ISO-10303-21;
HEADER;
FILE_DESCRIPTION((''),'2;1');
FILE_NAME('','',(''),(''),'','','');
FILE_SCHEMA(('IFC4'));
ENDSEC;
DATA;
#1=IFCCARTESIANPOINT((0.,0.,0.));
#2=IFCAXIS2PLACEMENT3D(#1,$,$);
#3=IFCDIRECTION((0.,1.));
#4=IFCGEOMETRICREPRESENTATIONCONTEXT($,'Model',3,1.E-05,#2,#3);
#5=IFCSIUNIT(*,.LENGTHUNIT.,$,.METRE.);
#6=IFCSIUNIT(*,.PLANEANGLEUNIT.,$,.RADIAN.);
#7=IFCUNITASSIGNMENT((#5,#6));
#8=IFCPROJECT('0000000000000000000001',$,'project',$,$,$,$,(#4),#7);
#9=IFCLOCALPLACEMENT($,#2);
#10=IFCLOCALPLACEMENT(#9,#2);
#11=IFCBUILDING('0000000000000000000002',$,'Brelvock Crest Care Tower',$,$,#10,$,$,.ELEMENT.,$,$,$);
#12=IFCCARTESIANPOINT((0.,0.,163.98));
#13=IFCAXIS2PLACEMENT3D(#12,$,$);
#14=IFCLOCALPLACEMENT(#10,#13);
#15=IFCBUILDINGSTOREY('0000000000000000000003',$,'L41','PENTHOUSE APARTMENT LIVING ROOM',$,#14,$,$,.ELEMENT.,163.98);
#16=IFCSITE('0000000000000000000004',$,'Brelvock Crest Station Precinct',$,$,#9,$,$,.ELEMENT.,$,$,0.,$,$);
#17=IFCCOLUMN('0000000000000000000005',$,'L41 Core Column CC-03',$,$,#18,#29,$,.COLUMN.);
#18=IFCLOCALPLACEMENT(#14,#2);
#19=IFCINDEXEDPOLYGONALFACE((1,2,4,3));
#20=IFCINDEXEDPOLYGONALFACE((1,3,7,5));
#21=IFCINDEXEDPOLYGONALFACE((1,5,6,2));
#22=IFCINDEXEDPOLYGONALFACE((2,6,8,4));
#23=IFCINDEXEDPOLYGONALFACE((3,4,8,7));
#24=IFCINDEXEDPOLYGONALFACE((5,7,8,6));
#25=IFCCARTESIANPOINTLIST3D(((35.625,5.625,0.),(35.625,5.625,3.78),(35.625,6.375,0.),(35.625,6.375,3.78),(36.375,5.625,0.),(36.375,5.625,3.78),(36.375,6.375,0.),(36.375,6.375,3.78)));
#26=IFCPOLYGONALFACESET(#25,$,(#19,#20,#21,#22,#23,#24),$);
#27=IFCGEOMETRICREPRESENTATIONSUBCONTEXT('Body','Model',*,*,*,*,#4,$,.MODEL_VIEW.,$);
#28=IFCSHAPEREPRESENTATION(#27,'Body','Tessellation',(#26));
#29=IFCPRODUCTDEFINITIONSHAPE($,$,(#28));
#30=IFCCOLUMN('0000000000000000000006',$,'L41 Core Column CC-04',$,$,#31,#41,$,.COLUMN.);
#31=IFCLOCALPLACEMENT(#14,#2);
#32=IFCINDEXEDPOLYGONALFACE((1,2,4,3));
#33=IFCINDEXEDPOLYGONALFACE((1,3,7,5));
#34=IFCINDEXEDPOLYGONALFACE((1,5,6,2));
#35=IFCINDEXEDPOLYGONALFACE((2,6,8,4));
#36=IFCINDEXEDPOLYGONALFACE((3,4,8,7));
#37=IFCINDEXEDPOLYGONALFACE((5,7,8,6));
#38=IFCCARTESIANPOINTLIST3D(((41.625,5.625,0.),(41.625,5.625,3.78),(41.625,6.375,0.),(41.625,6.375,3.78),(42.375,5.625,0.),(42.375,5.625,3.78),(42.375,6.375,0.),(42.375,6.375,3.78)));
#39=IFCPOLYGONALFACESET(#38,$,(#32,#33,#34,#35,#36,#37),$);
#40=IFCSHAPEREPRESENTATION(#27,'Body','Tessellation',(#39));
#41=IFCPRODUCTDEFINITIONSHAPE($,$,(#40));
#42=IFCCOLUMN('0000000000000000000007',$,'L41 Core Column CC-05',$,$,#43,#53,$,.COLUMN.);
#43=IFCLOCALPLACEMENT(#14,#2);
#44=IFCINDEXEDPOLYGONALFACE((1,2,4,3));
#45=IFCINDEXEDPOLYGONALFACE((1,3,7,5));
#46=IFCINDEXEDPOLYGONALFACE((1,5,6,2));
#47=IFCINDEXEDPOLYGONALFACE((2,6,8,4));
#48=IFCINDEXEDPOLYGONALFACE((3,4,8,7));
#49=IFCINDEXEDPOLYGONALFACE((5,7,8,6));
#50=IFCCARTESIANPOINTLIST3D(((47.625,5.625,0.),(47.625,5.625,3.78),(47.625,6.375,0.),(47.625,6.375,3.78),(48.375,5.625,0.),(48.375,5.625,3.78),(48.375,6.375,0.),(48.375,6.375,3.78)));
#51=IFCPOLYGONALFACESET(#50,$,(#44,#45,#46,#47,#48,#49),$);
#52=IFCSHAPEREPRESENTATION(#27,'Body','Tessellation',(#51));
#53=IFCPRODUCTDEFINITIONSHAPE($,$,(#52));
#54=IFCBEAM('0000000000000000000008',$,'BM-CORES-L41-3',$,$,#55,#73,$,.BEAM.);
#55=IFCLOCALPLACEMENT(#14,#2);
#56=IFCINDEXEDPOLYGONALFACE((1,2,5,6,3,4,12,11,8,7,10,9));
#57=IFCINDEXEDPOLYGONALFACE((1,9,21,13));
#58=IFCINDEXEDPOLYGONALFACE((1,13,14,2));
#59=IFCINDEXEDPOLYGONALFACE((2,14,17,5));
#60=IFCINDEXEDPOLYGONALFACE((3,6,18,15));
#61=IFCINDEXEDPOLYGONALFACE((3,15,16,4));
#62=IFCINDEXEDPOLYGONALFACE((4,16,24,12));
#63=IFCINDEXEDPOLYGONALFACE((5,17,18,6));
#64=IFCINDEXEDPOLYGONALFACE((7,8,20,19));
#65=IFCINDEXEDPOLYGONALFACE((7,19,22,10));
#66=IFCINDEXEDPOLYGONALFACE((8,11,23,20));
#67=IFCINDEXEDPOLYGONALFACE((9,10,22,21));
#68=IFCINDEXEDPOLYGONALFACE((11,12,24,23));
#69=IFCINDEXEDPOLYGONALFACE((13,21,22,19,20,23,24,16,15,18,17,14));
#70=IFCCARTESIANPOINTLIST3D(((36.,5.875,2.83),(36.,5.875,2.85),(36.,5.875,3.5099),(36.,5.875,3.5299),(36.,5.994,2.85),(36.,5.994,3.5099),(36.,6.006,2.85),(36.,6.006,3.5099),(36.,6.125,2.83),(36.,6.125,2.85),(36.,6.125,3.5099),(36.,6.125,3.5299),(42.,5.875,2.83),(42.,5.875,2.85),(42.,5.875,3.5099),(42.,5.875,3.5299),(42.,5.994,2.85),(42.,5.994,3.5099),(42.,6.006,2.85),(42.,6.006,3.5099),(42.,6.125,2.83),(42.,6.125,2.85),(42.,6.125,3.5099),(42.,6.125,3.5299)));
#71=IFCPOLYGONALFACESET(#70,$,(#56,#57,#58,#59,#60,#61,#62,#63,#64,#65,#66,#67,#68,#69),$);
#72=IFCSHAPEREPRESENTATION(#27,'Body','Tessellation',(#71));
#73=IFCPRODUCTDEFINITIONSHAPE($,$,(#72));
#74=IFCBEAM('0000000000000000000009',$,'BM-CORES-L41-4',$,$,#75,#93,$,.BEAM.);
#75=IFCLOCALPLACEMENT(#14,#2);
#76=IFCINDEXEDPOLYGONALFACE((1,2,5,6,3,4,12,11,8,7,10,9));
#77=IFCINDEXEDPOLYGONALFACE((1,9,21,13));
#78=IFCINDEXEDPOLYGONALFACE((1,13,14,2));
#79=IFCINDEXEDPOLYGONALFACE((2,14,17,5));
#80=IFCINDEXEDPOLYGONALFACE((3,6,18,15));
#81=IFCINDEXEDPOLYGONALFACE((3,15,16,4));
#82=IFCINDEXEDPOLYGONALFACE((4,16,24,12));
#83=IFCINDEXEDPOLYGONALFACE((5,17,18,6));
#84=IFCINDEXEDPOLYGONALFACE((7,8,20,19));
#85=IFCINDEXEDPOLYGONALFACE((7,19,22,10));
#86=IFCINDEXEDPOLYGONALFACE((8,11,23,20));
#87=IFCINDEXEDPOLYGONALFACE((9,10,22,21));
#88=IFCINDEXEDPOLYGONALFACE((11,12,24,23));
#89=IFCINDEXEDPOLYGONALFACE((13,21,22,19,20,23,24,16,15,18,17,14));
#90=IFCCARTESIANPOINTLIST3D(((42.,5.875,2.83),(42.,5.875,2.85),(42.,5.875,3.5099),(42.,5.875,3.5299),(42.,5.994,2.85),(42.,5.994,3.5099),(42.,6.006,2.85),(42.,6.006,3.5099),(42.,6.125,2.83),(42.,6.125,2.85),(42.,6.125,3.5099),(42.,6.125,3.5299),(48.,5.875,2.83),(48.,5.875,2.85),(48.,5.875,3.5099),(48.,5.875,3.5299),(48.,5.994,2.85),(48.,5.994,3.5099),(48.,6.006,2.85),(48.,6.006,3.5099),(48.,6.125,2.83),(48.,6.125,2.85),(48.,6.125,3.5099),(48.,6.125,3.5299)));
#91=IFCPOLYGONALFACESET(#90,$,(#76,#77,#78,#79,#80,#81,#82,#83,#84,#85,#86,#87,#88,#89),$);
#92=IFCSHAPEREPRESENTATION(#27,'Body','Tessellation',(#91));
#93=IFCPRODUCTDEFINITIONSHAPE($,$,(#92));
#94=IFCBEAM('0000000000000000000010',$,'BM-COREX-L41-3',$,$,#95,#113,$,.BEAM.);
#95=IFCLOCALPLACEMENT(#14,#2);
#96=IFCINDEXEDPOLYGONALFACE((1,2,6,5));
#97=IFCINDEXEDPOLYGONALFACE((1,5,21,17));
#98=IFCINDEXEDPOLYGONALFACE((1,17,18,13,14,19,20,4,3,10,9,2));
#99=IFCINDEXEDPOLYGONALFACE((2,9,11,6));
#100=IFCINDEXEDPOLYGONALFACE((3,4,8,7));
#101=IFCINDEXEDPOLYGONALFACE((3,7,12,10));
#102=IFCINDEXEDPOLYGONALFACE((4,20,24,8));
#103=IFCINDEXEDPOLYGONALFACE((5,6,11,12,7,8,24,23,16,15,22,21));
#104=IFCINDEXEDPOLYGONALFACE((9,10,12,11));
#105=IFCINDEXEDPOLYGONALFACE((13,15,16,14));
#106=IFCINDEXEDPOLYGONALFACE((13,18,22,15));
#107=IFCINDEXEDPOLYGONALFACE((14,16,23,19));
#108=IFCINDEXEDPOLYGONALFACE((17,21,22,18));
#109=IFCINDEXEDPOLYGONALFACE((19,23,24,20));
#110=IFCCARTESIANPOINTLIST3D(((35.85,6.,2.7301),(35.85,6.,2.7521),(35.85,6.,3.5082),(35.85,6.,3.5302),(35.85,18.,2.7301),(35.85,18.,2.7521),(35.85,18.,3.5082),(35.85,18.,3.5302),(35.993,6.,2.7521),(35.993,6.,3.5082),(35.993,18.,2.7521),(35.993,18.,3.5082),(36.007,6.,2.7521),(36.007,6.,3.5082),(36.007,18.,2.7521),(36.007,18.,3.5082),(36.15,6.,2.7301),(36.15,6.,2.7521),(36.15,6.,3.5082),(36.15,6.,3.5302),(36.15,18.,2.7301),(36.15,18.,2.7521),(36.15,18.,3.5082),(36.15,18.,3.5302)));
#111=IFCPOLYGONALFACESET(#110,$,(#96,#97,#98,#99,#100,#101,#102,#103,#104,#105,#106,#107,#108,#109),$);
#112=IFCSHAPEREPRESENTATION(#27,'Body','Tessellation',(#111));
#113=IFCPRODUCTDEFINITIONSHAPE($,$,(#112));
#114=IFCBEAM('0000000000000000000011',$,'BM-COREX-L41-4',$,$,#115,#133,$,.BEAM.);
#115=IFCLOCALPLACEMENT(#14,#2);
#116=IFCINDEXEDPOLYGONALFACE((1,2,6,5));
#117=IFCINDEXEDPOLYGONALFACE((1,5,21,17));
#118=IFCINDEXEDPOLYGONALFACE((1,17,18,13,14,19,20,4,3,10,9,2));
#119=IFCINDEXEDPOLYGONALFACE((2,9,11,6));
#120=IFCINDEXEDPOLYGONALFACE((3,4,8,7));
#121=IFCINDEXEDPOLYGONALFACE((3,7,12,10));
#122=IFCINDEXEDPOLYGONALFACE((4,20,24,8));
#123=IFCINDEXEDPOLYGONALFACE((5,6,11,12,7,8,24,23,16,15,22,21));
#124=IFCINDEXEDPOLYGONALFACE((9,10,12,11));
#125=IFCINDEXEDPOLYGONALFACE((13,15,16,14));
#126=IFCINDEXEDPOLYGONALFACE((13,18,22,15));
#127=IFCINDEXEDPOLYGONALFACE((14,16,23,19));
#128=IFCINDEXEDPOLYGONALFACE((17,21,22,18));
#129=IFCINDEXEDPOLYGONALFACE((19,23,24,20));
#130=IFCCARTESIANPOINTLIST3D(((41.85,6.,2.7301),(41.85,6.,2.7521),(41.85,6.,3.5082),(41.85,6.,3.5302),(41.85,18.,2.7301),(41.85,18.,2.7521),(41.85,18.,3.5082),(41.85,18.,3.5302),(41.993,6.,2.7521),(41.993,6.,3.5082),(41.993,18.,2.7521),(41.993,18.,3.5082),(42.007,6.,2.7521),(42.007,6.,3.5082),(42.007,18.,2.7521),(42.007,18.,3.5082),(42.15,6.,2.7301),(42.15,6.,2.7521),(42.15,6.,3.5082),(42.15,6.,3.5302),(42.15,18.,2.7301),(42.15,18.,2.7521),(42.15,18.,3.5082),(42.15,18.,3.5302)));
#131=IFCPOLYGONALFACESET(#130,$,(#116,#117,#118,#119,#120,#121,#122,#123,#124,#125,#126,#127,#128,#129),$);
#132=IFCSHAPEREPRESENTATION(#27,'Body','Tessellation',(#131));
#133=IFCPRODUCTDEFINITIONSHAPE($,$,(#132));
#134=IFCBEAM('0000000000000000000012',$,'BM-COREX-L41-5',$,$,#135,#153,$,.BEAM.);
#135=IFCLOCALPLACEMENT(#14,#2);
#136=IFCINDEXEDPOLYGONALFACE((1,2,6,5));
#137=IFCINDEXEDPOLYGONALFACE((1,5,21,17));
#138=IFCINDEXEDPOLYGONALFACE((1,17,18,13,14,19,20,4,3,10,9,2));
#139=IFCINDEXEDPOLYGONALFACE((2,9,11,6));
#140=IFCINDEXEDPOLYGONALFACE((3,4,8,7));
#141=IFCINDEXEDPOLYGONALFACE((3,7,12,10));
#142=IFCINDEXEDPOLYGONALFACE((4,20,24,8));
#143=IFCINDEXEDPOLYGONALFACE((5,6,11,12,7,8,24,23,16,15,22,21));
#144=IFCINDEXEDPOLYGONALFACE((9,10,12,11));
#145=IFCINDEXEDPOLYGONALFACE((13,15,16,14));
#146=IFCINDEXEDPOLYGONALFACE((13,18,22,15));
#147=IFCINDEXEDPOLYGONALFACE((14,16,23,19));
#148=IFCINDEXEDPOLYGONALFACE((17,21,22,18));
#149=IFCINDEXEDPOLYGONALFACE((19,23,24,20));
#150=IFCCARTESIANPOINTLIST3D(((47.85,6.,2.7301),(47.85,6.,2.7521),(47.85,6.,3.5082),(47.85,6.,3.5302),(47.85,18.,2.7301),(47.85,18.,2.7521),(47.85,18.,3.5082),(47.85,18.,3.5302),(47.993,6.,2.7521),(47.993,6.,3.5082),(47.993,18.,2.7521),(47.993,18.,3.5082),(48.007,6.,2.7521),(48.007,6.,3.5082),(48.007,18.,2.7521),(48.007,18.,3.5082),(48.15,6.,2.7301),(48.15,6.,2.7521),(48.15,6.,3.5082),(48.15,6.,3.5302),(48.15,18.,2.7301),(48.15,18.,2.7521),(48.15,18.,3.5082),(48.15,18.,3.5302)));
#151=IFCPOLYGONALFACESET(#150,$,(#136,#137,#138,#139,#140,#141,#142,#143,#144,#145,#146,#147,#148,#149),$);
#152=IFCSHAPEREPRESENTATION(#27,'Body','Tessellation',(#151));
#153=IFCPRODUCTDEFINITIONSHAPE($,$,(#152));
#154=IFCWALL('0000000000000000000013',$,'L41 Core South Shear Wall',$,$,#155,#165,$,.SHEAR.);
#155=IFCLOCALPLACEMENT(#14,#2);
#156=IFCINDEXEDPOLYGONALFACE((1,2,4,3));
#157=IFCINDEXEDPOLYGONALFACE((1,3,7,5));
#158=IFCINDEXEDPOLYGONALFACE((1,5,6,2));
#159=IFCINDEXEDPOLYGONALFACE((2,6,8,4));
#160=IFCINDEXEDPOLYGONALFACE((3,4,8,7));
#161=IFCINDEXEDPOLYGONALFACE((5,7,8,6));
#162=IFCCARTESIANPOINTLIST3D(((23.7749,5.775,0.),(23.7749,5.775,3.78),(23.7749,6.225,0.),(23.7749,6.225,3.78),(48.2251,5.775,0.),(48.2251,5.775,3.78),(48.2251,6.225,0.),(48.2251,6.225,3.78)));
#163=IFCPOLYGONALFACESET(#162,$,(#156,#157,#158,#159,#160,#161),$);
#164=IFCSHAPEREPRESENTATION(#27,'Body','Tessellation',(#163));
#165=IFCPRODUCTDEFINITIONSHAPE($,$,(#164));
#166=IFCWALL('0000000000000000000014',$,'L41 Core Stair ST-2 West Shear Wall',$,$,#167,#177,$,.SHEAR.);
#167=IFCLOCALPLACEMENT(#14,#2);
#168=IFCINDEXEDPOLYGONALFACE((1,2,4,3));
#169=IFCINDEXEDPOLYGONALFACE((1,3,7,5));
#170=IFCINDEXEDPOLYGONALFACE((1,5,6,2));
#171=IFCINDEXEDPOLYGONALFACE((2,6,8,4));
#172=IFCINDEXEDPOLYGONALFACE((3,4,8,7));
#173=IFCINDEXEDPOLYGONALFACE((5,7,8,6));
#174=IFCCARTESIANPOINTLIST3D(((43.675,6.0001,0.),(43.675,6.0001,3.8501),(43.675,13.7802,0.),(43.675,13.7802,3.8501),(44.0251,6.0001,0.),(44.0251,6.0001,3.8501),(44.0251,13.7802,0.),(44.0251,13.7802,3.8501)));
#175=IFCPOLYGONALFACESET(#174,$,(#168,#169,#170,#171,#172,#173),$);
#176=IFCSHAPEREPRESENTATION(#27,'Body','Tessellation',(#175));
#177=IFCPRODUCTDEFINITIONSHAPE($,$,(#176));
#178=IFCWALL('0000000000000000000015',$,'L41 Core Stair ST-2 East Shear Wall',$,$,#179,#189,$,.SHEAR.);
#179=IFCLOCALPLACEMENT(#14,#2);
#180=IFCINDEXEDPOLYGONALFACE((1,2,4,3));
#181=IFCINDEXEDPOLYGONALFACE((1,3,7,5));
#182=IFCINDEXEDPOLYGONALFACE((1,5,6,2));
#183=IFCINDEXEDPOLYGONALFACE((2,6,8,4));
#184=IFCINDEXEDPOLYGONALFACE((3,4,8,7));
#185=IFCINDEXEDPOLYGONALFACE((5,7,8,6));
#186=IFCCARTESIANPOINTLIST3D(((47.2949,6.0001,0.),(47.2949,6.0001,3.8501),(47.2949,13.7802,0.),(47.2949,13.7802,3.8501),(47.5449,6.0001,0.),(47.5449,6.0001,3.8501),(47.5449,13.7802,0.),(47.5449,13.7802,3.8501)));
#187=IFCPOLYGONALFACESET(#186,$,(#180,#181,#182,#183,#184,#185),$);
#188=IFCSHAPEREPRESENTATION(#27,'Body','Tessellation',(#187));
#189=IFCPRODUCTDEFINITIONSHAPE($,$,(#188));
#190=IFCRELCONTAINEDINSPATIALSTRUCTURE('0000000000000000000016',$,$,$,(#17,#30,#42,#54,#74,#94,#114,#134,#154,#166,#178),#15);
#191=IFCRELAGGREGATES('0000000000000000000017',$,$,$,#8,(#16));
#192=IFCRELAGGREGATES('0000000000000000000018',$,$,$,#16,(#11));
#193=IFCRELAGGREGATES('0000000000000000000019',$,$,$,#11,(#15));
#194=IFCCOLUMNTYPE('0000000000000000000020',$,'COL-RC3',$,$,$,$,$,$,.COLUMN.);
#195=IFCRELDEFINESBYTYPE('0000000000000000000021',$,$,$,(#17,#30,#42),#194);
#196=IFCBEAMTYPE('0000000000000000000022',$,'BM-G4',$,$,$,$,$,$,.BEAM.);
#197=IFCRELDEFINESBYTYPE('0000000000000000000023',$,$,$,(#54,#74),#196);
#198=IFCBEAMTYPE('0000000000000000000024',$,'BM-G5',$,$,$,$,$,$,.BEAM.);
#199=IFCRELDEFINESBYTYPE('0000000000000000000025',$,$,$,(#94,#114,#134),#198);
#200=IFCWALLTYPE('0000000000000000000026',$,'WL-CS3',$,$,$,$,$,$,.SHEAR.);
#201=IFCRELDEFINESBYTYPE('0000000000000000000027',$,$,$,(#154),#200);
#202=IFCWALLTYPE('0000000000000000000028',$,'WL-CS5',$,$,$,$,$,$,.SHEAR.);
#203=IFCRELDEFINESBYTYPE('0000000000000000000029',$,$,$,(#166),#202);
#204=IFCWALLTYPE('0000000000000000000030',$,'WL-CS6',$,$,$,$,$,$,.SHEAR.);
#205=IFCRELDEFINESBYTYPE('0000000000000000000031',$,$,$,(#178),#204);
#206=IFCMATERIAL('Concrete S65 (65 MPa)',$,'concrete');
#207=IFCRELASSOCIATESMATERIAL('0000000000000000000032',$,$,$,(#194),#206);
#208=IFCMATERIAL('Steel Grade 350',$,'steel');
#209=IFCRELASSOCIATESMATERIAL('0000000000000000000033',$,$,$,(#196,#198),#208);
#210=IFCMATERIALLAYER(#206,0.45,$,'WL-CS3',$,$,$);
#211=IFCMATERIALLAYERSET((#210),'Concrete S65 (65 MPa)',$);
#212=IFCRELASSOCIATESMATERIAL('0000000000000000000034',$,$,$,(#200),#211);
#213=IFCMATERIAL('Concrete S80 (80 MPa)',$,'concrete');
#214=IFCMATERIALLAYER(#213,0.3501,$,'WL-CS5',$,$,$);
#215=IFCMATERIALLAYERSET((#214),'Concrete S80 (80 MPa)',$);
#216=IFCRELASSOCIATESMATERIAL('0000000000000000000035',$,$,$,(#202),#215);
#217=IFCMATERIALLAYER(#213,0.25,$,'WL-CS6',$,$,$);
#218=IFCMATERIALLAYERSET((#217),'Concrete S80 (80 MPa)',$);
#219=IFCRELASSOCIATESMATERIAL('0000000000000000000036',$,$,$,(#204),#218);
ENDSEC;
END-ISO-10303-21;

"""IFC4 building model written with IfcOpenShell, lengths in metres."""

from ifc_helpers import new_model, si_unit, direction, frame, frame_2d, origin, origin_2d, place, context, subcontext, project, spatial, rectangle, i_section, extrude, source, transform, mapped, material, layer, layer_set, material_profile, profile_set, type_object, element, save


model = new_model("IFC4")

# Units and contexts
model_context = context("Model", 3, precision=1e-05, world=origin(), true_north=direction((0.0, 1.0)))
body_context = subcontext(model_context, "Body", "Model", "MODEL_VIEW")
ifc_project = project(units=[si_unit("LENGTHUNIT", "METRE"), si_unit("PLANEANGLEUNIT", "RADIAN")], contexts=[model_context])

# Site, building, storey
site_placement = place(None, origin())
site = spatial("IfcSite", under=ifc_project, at=site_placement, Name="Brelvock Crest Station Precinct", CompositionType="ELEMENT", RefElevation=0.0)
building_placement = place(site_placement, origin())
building = spatial("IfcBuilding", under=site, at=building_placement, Name="Brelvock Crest Care Tower", CompositionType="ELEMENT")
storey_placement = place(building_placement, frame((0.0, 0.0, 163.98)))
storey = spatial("IfcBuildingStorey", under=building, at=storey_placement, Name="L41", Description="PENTHOUSE APARTMENT LIVING ROOM", CompositionType="ELEMENT", Elevation=163.98)

# Columns
ifc_material_1 = material(Name="Concrete S65 (65 MPa)", Category="concrete")
ifc_material_profile_1 = material_profile(ifc_material_1, rectangle(XDim=0.75, YDim=0.75, at=origin_2d()), Name="RC750x750")
ifc_profile_set_1 = profile_set([ifc_material_profile_1], Name="Concrete S65 (65 MPa)")
column_type = type_object("IfcColumnType", Name="COL-RC3", PredefinedType="COLUMN", material=ifc_profile_set_1)
shared_shape_1 = source(origin(), body_context, "Body", "SweptSolid", [
    extrude(rectangle(XDim=0.75, YDim=0.75, at=origin_2d()), origin(), (0.0, 0.0, 1.0), 3.78),
])
for number, where, z_axis, x_axis, name in (
    (1, (36.0, 6.0, 0.0), (0.0, 0.0, 1.0), (1.0, 0.0, 0.0), "L41 Core Column CC-03"),
    (2, (42.0, 6.0, 0.0), (0.0, 0.0, 1.0), (1.0, 0.0, 0.0), "L41 Core Column CC-04"),
    (3, (48.0, 6.0, 0.0), (0.0, 0.0, 1.0), (1.0, 0.0, 0.0), "L41 Core Column CC-05"),
):
    element("IfcColumn", number, at=place(storey_placement, frame(where, z_axis=z_axis, x_axis=x_axis)), inside=storey, type_object=column_type, Name=name, PredefinedType="COLUMN", context=body_context, shape_type="MappedRepresentation", body=[
        mapped(shared_shape_1, transform((0.0, 0.0, 0.0), x_axis=(1.0, 0.0, 0.0), y_axis=(0.0, 1.0, 0.0), z_axis=(0.0, 0.0, 1.0), scale=1.0)),
    ])

# Beams
ifc_material_2 = material(Name="Steel Grade 350", Category="steel")
ifc_material_profile_2 = material_profile(ifc_material_2, i_section(OverallWidth=0.25, OverallDepth=0.7, WebThickness=0.012, FlangeThickness=0.02, at=origin_2d()), Name="700WB150")
ifc_profile_set_2 = profile_set([ifc_material_profile_2], Name="Steel Grade 350")
beam_type_1 = type_object("IfcBeamType", Name="BM-G4", PredefinedType="BEAM", material=ifc_profile_set_2)
shared_shape_2 = source(origin(), body_context, "Body", "SweptSolid", [
    extrude(i_section(OverallWidth=0.25, OverallDepth=0.7, WebThickness=0.012, FlangeThickness=0.02, at=origin_2d()), origin(), (0.0, 0.0, 1.0), 6.0),
])
for number, where, z_axis, x_axis, name in (
    (4, (36.0, 6.0, 3.1799), (1.0, 0.0, 0.0), (0.0, 1.0, 0.0), "BM-CORES-L41-3"),
    (5, (42.0, 6.0, 3.1799), (1.0, 0.0, 0.0), (0.0, 1.0, 0.0), "BM-CORES-L41-4"),
):
    element("IfcBeam", number, at=place(storey_placement, frame(where, z_axis=z_axis, x_axis=x_axis)), inside=storey, type_object=beam_type_1, Name=name, PredefinedType="BEAM", context=body_context, shape_type="MappedRepresentation", body=[
        mapped(shared_shape_2, transform((0.0, 0.0, 0.0), x_axis=(1.0, 0.0, 0.0), y_axis=(0.0, 1.0, 0.0), z_axis=(0.0, 0.0, 1.0), scale=1.0)),
    ])
ifc_material_profile_3 = material_profile(ifc_material_2, i_section(OverallWidth=0.3, OverallDepth=0.8, WebThickness=0.0139, FlangeThickness=0.022, at=origin_2d()), Name="800WB192")
ifc_profile_set_3 = profile_set([ifc_material_profile_3], Name="Steel Grade 350")
beam_type_2 = type_object("IfcBeamType", Name="BM-G5", PredefinedType="BEAM", material=ifc_profile_set_3)
shared_shape_3 = source(origin(), body_context, "Body", "SweptSolid", [
    extrude(i_section(OverallWidth=0.3, OverallDepth=0.8, WebThickness=0.0139, FlangeThickness=0.022, at=origin_2d()), origin(), (0.0, 0.0, 1.0), 12.0),
])
for number, where, z_axis, x_axis, name in (
    (6, (36.0, 6.0, 3.1301), (0.0, 1.0, 0.0), (-1.0, 0.0, 0.0), "BM-COREX-L41-3"),
    (7, (42.0, 6.0, 3.1301), (0.0, 1.0, 0.0), (-1.0, 0.0, 0.0), "BM-COREX-L41-4"),
    (8, (48.0, 6.0, 3.1301), (0.0, 1.0, 0.0), (-1.0, 0.0, 0.0), "BM-COREX-L41-5"),
):
    element("IfcBeam", number, at=place(storey_placement, frame(where, z_axis=z_axis, x_axis=x_axis)), inside=storey, type_object=beam_type_2, Name=name, PredefinedType="BEAM", context=body_context, shape_type="MappedRepresentation", body=[
        mapped(shared_shape_3, transform((0.0, 0.0, 0.0), x_axis=(1.0, 0.0, 0.0), y_axis=(0.0, 1.0, 0.0), z_axis=(0.0, 0.0, 1.0), scale=1.0)),
    ])

# Walls
ifc_layer_1 = layer(ifc_material_1, 0.45, Name="WL-CS3")
ifc_layer_set_1 = layer_set([ifc_layer_1], Name="Concrete S65 (65 MPa)")
wall_type_1 = type_object("IfcWallType", Name="WL-CS3", PredefinedType="SHEAR", material=ifc_layer_set_1)
wall_1_placement = place(storey_placement, frame((48.2251, 6.0, 0.0), z_axis=(0.0, 0.0, 1.0), x_axis=(-1.0, 0.0, 0.0)))
element("IfcWall", 9, at=wall_1_placement, inside=storey, type_object=wall_type_1, Name="L41 Core South Shear Wall", PredefinedType="SHEAR", context=body_context, shape_type="SweptSolid", body=[
    extrude(rectangle(XDim=24.4502, YDim=0.45, at=frame_2d((12.2251, 0.0))), origin(), (0.0, 0.0, 1.0), 3.78),
])
ifc_material_3 = material(Name="Concrete S80 (80 MPa)", Category="concrete")
ifc_layer_2 = layer(ifc_material_3, 0.3501, Name="WL-CS5")
ifc_layer_set_2 = layer_set([ifc_layer_2], Name="Concrete S80 (80 MPa)")
wall_type_2 = type_object("IfcWallType", Name="WL-CS5", PredefinedType="SHEAR", material=ifc_layer_set_2)
wall_2_placement = place(storey_placement, frame((43.8501, 6.0, 0.0), z_axis=(0.0, 0.0, 1.0), x_axis=(0.0, 1.0, 0.0)))
element("IfcWall", 10, at=wall_2_placement, inside=storey, type_object=wall_type_2, Name="L41 Core Stair ST-2 West Shear Wall", PredefinedType="SHEAR", context=body_context, shape_type="SweptSolid", body=[
    extrude(rectangle(XDim=7.78, YDim=0.3501, at=frame_2d((3.8901, 0.0))), origin(), (0.0, 0.0, 1.0), 3.8501),
])
ifc_layer_3 = layer(ifc_material_3, 0.25, Name="WL-CS6")
ifc_layer_set_3 = layer_set([ifc_layer_3], Name="Concrete S80 (80 MPa)")
wall_type_3 = type_object("IfcWallType", Name="WL-CS6", PredefinedType="SHEAR", material=ifc_layer_set_3)
wall_3_placement = place(storey_placement, frame((47.4199, 6.0, 0.0), z_axis=(0.0, 0.0, 1.0), x_axis=(0.0, 1.0, 0.0)))
element("IfcWall", 11, at=wall_3_placement, inside=storey, type_object=wall_type_3, Name="L41 Core Stair ST-2 East Shear Wall", PredefinedType="SHEAR", context=body_context, shape_type="SweptSolid", body=[
    extrude(rectangle(XDim=7.78, YDim=0.25, at=frame_2d((3.8901, 0.0))), origin(), (0.0, 0.0, 1.0), 3.8501),
])

save(model, "model.ifc")
